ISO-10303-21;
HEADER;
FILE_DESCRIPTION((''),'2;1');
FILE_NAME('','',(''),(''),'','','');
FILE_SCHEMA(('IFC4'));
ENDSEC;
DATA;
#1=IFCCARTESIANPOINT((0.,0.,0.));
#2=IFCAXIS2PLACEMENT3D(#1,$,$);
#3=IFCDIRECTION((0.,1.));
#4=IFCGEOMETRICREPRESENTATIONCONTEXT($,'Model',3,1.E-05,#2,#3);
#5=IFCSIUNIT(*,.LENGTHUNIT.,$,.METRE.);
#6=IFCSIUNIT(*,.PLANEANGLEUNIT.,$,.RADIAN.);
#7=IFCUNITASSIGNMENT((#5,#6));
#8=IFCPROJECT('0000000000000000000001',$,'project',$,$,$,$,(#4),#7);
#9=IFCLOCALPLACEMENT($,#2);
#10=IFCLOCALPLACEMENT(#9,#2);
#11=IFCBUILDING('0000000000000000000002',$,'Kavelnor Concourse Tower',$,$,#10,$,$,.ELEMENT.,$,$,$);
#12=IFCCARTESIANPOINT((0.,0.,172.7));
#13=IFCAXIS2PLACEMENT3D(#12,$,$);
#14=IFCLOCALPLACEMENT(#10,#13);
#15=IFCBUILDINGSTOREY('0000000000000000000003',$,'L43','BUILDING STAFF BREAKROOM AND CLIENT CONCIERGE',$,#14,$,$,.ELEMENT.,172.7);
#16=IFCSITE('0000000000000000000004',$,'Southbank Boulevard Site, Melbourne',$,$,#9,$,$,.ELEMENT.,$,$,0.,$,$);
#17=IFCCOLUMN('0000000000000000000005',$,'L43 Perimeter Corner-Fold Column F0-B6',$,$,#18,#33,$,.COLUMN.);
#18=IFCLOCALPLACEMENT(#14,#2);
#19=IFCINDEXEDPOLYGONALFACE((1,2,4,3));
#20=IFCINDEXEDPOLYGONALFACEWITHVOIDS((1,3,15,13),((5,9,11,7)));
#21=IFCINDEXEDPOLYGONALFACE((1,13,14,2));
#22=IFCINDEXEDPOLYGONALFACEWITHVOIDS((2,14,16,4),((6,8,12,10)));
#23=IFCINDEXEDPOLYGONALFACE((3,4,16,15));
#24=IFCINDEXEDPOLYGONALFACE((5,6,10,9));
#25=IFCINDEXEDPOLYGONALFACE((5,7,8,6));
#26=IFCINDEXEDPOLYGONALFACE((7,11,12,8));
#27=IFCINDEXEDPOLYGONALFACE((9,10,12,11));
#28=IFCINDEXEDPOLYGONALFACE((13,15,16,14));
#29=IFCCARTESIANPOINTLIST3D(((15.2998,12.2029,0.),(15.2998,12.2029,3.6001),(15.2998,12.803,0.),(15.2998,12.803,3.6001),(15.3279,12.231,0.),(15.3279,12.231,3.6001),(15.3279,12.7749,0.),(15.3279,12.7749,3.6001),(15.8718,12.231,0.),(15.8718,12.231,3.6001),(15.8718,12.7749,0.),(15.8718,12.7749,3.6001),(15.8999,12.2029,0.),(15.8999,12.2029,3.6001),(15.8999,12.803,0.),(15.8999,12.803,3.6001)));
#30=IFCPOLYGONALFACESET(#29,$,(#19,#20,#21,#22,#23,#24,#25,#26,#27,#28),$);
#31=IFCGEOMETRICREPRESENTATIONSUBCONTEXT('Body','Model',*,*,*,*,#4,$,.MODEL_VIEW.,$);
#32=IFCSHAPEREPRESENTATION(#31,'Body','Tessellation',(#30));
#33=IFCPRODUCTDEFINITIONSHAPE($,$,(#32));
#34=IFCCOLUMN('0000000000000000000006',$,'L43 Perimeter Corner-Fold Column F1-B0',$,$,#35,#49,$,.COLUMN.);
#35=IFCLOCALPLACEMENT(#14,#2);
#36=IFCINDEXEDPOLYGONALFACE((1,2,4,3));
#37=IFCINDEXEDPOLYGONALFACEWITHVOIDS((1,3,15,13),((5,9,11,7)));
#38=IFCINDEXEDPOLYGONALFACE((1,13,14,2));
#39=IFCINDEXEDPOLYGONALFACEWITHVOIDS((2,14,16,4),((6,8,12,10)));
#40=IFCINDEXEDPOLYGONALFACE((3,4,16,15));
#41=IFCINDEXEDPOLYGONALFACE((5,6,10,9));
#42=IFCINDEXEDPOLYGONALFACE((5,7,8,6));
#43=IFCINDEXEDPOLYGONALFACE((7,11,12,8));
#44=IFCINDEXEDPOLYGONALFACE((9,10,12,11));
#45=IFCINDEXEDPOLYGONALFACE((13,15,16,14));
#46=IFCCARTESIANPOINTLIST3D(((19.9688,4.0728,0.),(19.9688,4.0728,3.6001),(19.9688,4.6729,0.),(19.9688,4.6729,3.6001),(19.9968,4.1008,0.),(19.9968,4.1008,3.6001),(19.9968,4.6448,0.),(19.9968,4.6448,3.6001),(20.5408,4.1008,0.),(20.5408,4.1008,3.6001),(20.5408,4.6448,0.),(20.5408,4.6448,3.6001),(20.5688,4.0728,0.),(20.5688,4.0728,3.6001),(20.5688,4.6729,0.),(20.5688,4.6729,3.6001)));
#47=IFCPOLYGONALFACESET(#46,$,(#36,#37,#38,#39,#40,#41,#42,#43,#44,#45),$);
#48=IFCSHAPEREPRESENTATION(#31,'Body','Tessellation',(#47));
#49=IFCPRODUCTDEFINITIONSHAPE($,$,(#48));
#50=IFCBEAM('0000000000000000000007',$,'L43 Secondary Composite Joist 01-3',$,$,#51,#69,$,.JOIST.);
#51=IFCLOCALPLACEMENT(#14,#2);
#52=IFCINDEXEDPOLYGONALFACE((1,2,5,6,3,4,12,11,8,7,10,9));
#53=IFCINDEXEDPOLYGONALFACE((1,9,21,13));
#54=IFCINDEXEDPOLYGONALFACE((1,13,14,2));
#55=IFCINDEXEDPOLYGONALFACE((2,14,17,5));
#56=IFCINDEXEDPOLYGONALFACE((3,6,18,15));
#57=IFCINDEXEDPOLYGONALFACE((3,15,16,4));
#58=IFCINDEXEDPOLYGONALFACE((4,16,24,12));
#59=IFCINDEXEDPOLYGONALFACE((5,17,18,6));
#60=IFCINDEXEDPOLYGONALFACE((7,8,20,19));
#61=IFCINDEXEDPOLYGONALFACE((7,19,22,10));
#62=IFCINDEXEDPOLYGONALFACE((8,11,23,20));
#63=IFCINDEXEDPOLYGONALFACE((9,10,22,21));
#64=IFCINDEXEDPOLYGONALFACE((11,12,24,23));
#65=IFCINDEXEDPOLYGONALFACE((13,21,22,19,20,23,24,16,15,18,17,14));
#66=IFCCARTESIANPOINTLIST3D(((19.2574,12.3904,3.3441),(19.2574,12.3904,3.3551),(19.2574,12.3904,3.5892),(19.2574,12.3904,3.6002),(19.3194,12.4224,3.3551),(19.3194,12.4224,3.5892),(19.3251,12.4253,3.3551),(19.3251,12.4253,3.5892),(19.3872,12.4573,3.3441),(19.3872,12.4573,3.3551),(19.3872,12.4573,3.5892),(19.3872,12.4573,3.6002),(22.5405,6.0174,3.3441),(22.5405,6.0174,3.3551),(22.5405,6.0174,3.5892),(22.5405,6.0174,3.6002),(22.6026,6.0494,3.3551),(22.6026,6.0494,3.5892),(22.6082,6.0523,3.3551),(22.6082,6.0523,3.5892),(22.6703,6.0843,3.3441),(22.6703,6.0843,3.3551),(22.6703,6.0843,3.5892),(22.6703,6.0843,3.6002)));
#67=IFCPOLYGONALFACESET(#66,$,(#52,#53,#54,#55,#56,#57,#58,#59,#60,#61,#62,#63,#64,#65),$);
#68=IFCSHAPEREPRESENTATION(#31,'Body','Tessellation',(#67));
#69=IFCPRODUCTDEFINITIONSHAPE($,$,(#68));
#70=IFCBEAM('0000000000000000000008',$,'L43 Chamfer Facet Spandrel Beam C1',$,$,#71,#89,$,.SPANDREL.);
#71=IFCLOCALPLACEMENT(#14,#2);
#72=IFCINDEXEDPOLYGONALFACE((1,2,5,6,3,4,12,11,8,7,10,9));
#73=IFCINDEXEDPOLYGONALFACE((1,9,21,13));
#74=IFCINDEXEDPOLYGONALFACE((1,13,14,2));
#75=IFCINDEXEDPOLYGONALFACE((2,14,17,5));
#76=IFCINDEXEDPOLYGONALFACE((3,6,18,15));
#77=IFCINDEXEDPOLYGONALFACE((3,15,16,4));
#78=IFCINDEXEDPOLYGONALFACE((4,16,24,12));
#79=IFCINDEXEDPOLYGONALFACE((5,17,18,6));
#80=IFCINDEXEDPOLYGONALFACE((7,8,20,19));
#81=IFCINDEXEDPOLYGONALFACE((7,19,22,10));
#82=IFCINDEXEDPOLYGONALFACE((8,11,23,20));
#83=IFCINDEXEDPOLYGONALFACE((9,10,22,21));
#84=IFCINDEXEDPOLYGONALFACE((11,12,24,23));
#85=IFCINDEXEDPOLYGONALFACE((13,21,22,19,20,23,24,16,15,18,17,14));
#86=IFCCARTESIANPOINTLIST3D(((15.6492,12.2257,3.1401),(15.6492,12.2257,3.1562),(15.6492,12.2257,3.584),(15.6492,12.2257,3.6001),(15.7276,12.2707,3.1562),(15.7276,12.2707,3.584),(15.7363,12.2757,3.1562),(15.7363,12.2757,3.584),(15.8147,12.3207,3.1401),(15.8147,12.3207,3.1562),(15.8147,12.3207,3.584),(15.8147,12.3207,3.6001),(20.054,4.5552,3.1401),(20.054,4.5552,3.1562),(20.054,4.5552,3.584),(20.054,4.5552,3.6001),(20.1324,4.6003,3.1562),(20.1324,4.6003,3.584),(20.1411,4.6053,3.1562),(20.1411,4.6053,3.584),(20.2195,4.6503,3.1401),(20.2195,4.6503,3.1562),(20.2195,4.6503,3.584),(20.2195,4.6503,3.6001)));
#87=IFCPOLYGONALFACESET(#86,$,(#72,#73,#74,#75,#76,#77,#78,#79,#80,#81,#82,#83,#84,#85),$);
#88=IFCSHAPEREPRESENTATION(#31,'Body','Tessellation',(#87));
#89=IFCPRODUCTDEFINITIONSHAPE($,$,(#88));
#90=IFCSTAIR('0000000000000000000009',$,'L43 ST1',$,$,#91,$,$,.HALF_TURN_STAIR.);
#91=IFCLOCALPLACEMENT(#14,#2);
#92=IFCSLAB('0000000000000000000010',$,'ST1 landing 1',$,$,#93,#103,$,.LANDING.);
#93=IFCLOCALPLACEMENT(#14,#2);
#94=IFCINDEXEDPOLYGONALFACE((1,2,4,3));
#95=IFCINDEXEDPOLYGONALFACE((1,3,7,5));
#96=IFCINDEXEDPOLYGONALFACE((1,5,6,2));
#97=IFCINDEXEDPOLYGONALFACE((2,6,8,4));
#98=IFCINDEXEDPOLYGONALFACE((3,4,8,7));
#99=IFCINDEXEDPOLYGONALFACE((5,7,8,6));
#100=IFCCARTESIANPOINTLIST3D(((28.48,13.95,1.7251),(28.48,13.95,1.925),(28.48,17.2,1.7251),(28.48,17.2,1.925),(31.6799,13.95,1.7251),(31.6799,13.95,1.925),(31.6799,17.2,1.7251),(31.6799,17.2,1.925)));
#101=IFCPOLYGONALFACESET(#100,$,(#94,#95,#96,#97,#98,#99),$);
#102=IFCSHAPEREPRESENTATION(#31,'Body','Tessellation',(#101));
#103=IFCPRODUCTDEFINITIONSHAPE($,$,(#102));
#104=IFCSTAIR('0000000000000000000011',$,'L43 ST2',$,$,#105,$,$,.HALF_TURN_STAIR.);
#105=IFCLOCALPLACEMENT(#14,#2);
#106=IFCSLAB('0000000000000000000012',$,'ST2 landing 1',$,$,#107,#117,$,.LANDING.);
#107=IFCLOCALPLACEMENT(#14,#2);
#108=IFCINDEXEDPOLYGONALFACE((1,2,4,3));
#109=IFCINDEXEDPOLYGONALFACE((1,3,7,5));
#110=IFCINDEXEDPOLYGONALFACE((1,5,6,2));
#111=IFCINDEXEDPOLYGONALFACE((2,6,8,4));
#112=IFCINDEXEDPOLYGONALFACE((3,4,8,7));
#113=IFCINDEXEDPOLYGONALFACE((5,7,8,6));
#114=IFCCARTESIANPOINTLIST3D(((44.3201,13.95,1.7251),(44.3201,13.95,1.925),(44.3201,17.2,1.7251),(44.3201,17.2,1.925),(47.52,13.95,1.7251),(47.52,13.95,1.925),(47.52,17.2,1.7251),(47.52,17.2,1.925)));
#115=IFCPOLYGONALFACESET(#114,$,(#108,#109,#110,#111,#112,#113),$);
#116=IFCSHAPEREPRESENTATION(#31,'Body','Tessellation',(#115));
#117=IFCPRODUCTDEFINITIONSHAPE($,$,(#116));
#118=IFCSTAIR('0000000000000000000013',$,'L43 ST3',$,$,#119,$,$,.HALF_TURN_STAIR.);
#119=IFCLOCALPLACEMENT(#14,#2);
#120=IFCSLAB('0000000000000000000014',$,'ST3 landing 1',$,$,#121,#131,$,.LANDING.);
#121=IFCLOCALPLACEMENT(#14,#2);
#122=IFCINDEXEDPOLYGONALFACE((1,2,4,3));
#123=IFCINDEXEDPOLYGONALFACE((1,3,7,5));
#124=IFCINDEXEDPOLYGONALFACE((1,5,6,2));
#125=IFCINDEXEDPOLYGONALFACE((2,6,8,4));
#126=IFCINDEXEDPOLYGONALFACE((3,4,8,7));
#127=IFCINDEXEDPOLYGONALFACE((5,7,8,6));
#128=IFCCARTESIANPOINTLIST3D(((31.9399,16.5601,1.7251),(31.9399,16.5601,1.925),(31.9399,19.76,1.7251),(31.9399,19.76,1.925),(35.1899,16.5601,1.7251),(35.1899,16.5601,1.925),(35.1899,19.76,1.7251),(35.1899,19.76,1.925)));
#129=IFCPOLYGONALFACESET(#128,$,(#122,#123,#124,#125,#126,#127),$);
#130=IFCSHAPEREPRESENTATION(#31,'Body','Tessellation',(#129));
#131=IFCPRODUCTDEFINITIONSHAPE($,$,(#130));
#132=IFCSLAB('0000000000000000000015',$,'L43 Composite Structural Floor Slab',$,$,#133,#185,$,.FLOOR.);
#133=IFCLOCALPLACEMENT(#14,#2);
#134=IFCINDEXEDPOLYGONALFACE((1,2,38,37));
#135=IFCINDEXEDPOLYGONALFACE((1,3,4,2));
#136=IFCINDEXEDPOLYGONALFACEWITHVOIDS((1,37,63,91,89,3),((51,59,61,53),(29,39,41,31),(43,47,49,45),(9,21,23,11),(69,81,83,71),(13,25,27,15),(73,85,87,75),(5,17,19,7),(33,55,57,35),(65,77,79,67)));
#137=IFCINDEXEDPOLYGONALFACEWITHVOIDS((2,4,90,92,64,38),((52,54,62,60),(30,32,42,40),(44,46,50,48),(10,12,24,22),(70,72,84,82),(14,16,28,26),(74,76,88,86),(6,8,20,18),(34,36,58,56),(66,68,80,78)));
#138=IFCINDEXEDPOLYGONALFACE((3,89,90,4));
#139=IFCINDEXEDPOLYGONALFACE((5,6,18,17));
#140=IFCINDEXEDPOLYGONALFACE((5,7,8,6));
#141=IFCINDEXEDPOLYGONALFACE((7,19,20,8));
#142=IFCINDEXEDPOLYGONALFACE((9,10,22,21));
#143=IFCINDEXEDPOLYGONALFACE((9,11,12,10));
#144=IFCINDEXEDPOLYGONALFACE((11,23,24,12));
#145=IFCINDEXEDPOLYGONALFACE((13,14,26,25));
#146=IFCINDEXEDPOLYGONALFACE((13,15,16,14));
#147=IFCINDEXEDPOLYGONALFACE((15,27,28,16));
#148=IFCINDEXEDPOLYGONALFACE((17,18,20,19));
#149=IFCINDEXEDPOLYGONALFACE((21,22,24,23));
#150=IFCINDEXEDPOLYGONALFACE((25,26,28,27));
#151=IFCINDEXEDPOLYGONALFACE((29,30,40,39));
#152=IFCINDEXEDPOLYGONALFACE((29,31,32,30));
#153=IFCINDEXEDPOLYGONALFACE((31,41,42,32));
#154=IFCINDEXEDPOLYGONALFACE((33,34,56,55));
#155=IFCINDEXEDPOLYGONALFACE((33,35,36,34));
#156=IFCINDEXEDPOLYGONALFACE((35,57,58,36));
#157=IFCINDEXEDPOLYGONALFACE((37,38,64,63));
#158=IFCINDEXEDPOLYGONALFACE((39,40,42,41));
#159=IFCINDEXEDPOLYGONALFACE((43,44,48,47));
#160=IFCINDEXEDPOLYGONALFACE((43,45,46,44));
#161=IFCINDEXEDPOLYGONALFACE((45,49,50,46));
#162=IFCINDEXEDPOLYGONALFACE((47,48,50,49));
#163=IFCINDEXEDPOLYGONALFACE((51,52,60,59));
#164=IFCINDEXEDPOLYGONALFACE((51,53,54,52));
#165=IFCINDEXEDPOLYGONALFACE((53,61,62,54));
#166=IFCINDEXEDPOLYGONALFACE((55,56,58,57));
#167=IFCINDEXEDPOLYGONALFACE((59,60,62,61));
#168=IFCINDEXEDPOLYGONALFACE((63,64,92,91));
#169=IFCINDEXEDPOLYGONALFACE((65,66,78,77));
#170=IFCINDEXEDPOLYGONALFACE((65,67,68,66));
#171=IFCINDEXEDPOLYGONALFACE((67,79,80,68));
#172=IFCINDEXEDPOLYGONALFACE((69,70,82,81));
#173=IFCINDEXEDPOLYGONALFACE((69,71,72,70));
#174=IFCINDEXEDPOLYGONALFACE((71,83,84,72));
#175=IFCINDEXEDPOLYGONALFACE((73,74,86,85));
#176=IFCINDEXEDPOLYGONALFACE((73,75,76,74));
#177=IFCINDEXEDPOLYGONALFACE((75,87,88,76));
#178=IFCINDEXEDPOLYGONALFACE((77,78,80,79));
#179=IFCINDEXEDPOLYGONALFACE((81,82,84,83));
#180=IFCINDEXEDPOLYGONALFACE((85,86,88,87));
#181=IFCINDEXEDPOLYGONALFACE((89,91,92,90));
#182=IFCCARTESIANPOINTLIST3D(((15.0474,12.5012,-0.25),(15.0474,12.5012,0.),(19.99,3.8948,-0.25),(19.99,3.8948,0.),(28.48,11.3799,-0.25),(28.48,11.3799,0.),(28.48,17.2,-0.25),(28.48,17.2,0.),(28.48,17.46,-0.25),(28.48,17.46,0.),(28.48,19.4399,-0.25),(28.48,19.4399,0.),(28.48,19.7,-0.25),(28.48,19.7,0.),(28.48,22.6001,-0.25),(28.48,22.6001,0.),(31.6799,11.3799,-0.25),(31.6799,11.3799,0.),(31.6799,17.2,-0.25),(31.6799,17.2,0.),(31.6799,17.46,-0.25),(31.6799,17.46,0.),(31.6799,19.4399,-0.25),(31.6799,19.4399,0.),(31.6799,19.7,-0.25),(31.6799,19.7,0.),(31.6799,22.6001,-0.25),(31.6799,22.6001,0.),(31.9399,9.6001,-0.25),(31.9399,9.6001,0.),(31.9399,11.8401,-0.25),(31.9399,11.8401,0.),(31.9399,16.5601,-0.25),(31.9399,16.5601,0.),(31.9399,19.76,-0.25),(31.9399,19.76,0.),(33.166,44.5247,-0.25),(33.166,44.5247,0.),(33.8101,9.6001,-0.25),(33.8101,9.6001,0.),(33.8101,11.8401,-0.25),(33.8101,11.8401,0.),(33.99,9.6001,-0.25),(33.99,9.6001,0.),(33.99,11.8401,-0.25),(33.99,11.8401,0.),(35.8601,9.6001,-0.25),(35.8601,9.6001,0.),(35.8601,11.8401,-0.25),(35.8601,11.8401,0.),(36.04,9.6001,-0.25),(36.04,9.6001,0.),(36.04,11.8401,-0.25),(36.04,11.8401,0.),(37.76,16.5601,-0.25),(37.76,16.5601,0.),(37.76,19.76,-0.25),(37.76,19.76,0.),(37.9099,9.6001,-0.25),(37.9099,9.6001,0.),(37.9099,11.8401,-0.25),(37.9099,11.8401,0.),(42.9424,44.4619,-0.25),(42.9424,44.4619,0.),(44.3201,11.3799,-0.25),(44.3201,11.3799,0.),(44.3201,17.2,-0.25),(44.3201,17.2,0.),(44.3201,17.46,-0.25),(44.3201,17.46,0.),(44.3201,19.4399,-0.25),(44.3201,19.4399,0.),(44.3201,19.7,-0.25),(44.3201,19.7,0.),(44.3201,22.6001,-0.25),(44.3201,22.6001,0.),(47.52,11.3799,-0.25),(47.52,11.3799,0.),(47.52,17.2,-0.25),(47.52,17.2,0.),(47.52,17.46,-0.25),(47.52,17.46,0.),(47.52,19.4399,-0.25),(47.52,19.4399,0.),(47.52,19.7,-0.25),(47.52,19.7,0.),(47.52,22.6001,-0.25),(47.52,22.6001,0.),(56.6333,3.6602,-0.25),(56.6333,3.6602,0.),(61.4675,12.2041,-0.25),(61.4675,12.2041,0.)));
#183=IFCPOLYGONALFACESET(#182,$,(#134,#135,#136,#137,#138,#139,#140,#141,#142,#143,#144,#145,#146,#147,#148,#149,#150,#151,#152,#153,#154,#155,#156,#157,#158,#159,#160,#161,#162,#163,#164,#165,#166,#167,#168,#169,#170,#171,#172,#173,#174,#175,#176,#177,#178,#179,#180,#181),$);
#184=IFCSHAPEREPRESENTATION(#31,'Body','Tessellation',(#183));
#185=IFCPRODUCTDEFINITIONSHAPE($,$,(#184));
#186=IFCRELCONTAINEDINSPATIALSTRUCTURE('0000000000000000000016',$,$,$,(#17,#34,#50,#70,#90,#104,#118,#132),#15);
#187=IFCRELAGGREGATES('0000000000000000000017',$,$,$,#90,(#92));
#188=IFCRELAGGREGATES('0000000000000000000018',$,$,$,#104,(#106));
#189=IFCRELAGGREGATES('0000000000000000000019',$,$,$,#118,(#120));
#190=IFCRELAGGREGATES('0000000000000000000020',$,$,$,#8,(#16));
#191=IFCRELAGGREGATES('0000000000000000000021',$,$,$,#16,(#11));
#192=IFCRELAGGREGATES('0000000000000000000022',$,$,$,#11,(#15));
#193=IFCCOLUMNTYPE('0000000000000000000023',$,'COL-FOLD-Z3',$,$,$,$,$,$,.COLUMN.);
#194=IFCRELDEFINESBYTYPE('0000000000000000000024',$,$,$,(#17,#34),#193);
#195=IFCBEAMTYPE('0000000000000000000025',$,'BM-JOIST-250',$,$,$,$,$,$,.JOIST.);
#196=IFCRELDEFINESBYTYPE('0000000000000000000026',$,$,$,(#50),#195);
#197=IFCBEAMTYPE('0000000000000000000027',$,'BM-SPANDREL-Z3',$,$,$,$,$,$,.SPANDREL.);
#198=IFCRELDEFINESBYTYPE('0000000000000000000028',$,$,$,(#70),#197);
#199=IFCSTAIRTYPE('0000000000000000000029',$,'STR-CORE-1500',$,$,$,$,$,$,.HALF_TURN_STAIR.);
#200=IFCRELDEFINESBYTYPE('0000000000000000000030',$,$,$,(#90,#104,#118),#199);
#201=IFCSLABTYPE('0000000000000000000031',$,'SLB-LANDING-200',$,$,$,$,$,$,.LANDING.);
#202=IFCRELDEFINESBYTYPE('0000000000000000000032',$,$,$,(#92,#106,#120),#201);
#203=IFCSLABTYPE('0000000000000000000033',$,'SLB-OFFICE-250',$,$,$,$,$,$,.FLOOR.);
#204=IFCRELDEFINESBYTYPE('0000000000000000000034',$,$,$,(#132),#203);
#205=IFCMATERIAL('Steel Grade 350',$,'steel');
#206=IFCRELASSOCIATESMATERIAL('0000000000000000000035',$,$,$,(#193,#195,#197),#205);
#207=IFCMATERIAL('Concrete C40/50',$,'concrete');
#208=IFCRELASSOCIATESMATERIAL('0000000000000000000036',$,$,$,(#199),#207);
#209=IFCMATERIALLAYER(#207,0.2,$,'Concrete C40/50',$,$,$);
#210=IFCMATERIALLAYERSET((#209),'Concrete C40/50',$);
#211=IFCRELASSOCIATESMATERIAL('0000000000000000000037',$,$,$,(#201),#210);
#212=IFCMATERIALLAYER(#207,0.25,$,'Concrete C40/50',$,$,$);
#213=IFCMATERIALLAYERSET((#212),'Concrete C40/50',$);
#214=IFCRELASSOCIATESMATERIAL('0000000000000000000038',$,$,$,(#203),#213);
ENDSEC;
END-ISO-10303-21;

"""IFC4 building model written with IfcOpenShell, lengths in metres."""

from ifc_helpers import new_model, si_unit, direction, frame, origin, origin_2d, place, context, subcontext, project, spatial, polyline, hollow_rectangle, i_section, outline, extrude, material, layer, layer_set, material_profile, profile_set, type_object, element, aggregate, save


model = new_model("IFC4")

# Units and contexts
model_context = context("Model", 3, precision=1e-05, world=origin(), true_north=direction((0.0, 1.0)))
body_context = subcontext(model_context, "Body", "Model", "MODEL_VIEW")
ifc_project = project(units=[si_unit("LENGTHUNIT", "METRE"), si_unit("PLANEANGLEUNIT", "RADIAN")], contexts=[model_context])

# Site, building, storey
site_placement = place(None, origin())
site = spatial("IfcSite", under=ifc_project, at=site_placement, Name="Southbank Boulevard Site, Melbourne", CompositionType="ELEMENT", RefElevation=0.0)
building_placement = place(site_placement, origin())
building = spatial("IfcBuilding", under=site, at=building_placement, Name="Kavelnor Concourse Tower", CompositionType="ELEMENT")
storey_placement = place(building_placement, frame((0.0, 0.0, 172.7)))
storey = spatial("IfcBuildingStorey", under=building, at=storey_placement, Name="L43", Description="BUILDING STAFF BREAKROOM AND CLIENT CONCIERGE", CompositionType="ELEMENT", Elevation=172.7)

# Columns
ifc_material_1 = material(Name="Steel Grade 350", Category="steel")
ifc_material_profile_1 = material_profile(ifc_material_1, hollow_rectangle(XDim=0.6001, YDim=0.6001, WallThickness=0.0281, at=origin_2d()), Name="SHS 600x600x28")
ifc_profile_set_1 = profile_set([ifc_material_profile_1], Name="Steel Grade 350")
column_type = type_object("IfcColumnType", Name="COL-FOLD-Z3", PredefinedType="COLUMN", material=ifc_profile_set_1)
for number, where, z_axis, x_axis, name in (
    (1, (15.5999, 12.5029, 0.0), (0.0, 0.0, 1.0), (1.0, 0.0, 0.0), "L43 Perimeter Corner-Fold Column F0-B6"),
    (2, (20.2688, 4.3728, 0.0), (0.0, 0.0, 1.0), (1.0, 0.0, 0.0), "L43 Perimeter Corner-Fold Column F1-B0"),
):
    element("IfcColumn", number, at=place(storey_placement, frame(where, z_axis=z_axis, x_axis=x_axis)), inside=storey, type_object=column_type, Name=name, PredefinedType="COLUMN", context=body_context, shape_type="SweptSolid", body=[
        extrude(hollow_rectangle(XDim=0.6001, YDim=0.6001, WallThickness=0.0281, at=origin_2d()), origin(), (0.0, 0.0, 1.0), 3.6001),
    ])

# Beams
ifc_material_profile_2 = material_profile(ifc_material_1, i_section(OverallWidth=0.146, OverallDepth=0.2561, WebThickness=0.0063, FlangeThickness=0.011, at=origin_2d()), Name="250UB37")
ifc_profile_set_2 = profile_set([ifc_material_profile_2], Name="Steel Grade 350")
beam_type_1 = type_object("IfcBeamType", Name="BM-JOIST-250", PredefinedType="JOIST", material=ifc_profile_set_2)
beam_1_placement = place(storey_placement, frame((19.3223, 12.4238, 3.4722), z_axis=(0.45797, -0.888968, 0.0), x_axis=(0.888968, 0.45797, 0.0)))
element("IfcBeam", 3, at=beam_1_placement, inside=storey, type_object=beam_type_1, Name="L43 Secondary Composite Joist 01-3", PredefinedType="JOIST", context=body_context, shape_type="SweptSolid", body=[
    extrude(i_section(OverallWidth=0.146, OverallDepth=0.2561, WebThickness=0.0063, FlangeThickness=0.011, at=origin_2d()), origin(), (0.0, 0.0, 1.0), 7.1689),
])
ifc_material_profile_3 = material_profile(ifc_material_1, i_section(OverallWidth=0.1909, OverallDepth=0.46, WebThickness=0.01, FlangeThickness=0.0161, at=origin_2d()), Name="460UB82")
ifc_profile_set_3 = profile_set([ifc_material_profile_3], Name="Steel Grade 350")
beam_type_2 = type_object("IfcBeamType", Name="BM-SPANDREL-Z3", PredefinedType="SPANDREL", material=ifc_profile_set_3)
beam_2_placement = place(storey_placement, frame((15.7319, 12.2732, 3.3701), z_axis=(0.497987, -0.867185, 0.0), x_axis=(0.867185, 0.497987, 0.0)))
element("IfcBeam", 4, at=beam_2_placement, inside=storey, type_object=beam_type_2, Name="L43 Chamfer Facet Spandrel Beam C1", PredefinedType="SPANDREL", context=body_context, shape_type="SweptSolid", body=[
    extrude(i_section(OverallWidth=0.1909, OverallDepth=0.46, WebThickness=0.01, FlangeThickness=0.0161, at=origin_2d()), origin(), (0.0, 0.0, 1.0), 8.8452),
])

# Stairs, slabs
ifc_material_2 = material(Name="Concrete C40/50", Category="concrete")
stair_type = type_object("IfcStairType", Name="STR-CORE-1500", PredefinedType="HALF_TURN_STAIR", material=ifc_material_2)
stair_1_placement = place(storey_placement, origin())
stair_1 = element("IfcStair", 5, at=stair_1_placement, inside=storey, type_object=stair_type, Name="L43 ST1", PredefinedType="HALF_TURN_STAIR")
ifc_layer_1 = layer(ifc_material_2, 0.2, Name="Concrete C40/50")
ifc_layer_set_1 = layer_set([ifc_layer_1], Name="Concrete C40/50")
slab_type_1 = type_object("IfcSlabType", Name="SLB-LANDING-200", PredefinedType="LANDING", material=ifc_layer_set_1)
slab_1_placement = place(storey_placement, frame((0.0, 0.0, 1.7251)))
slab_1 = element("IfcSlab", 6, at=slab_1_placement, type_object=slab_type_1, Name="ST1 landing 1", PredefinedType="LANDING", context=body_context, shape_type="SweptSolid", body=[
    extrude(outline(polyline([(31.6799, 13.95), (31.6799, 17.2), (28.48, 17.2), (28.48, 13.95), (31.6799, 13.95)])), origin(), (0.0, 0.0, 1.0), 0.2),
])
aggregate(stair_1, [slab_1])
stair_2_placement = place(storey_placement, origin())
stair_2 = element("IfcStair", 7, at=stair_2_placement, inside=storey, type_object=stair_type, Name="L43 ST2", PredefinedType="HALF_TURN_STAIR")
slab_2_placement = place(storey_placement, frame((0.0, 0.0, 1.7251)))
slab_2 = element("IfcSlab", 8, at=slab_2_placement, type_object=slab_type_1, Name="ST2 landing 1", PredefinedType="LANDING", context=body_context, shape_type="SweptSolid", body=[
    extrude(outline(polyline([(47.52, 13.95), (47.52, 17.2), (44.3201, 17.2), (44.3201, 13.95), (47.52, 13.95)])), origin(), (0.0, 0.0, 1.0), 0.2),
])
aggregate(stair_2, [slab_2])
stair_3_placement = place(storey_placement, origin())
stair_3 = element("IfcStair", 9, at=stair_3_placement, inside=storey, type_object=stair_type, Name="L43 ST3", PredefinedType="HALF_TURN_STAIR")
slab_3_placement = place(storey_placement, frame((0.0, 0.0, 1.7251)))
slab_3 = element("IfcSlab", 10, at=slab_3_placement, type_object=slab_type_1, Name="ST3 landing 1", PredefinedType="LANDING", context=body_context, shape_type="SweptSolid", body=[
    extrude(outline(polyline([(35.1899, 19.76), (31.9399, 19.76), (31.9399, 16.5601), (35.1899, 16.5601), (35.1899, 19.76)])), origin(), (0.0, 0.0, 1.0), 0.2),
])
aggregate(stair_3, [slab_3])

# Slab
ifc_layer_2 = layer(ifc_material_2, 0.25, Name="Concrete C40/50")
ifc_layer_set_2 = layer_set([ifc_layer_2], Name="Concrete C40/50")
slab_type_2 = type_object("IfcSlabType", Name="SLB-OFFICE-250", PredefinedType="FLOOR", material=ifc_layer_set_2)
slab_4_placement = place(storey_placement, frame((0.0, 0.0, -0.25)))
element("IfcSlab", 11, at=slab_4_placement, inside=storey, type_object=slab_type_2, Name="L43 Composite Structural Floor Slab", PredefinedType="FLOOR", context=body_context, shape_type="SweptSolid", body=[
    extrude(outline(polyline([(42.9424, 44.4619), (33.166, 44.5247), (15.0474, 12.5012), (19.99, 3.8948), (56.6333, 3.6602), (61.4675, 12.2041), (42.9424, 44.4619)]), holes=[polyline([(28.48, 11.3799), (31.6799, 11.3799), (31.6799, 17.2), (28.48, 17.2), (28.48, 11.3799)]), polyline([(44.3201, 11.3799), (47.52, 11.3799), (47.52, 17.2), (44.3201, 17.2), (44.3201, 11.3799)]), polyline([(31.9399, 16.5601), (37.76, 16.5601), (37.76, 19.76), (31.9399, 19.76), (31.9399, 16.5601)]), polyline([(28.48, 19.7), (31.6799, 19.7), (31.6799, 22.6001), (28.48, 22.6001), (28.48, 19.7)]), polyline([(44.3201, 19.7), (47.52, 19.7), (47.52, 22.6001), (44.3201, 22.6001), (44.3201, 19.7)]), polyline([(31.9399, 9.6001), (33.8101, 9.6001), (33.8101, 11.8401), (31.9399, 11.8401), (31.9399, 9.6001)]), polyline([(33.99, 9.6001), (35.8601, 9.6001), (35.8601, 11.8401), (33.99, 11.8401), (33.99, 9.6001)]), polyline([(36.04, 9.6001), (37.9099, 9.6001), (37.9099, 11.8401), (36.04, 11.8401), (36.04, 9.6001)]), polyline([(28.48, 17.46), (31.6799, 17.46), (31.6799, 19.4399), (28.48, 19.4399), (28.48, 17.46)]), polyline([(44.3201, 17.46), (47.52, 17.46), (47.52, 19.4399), (44.3201, 19.4399), (44.3201, 17.46)])]), origin(), (0.0, 0.0, 1.0), 0.25),
])

save(model, "model.ifc")
